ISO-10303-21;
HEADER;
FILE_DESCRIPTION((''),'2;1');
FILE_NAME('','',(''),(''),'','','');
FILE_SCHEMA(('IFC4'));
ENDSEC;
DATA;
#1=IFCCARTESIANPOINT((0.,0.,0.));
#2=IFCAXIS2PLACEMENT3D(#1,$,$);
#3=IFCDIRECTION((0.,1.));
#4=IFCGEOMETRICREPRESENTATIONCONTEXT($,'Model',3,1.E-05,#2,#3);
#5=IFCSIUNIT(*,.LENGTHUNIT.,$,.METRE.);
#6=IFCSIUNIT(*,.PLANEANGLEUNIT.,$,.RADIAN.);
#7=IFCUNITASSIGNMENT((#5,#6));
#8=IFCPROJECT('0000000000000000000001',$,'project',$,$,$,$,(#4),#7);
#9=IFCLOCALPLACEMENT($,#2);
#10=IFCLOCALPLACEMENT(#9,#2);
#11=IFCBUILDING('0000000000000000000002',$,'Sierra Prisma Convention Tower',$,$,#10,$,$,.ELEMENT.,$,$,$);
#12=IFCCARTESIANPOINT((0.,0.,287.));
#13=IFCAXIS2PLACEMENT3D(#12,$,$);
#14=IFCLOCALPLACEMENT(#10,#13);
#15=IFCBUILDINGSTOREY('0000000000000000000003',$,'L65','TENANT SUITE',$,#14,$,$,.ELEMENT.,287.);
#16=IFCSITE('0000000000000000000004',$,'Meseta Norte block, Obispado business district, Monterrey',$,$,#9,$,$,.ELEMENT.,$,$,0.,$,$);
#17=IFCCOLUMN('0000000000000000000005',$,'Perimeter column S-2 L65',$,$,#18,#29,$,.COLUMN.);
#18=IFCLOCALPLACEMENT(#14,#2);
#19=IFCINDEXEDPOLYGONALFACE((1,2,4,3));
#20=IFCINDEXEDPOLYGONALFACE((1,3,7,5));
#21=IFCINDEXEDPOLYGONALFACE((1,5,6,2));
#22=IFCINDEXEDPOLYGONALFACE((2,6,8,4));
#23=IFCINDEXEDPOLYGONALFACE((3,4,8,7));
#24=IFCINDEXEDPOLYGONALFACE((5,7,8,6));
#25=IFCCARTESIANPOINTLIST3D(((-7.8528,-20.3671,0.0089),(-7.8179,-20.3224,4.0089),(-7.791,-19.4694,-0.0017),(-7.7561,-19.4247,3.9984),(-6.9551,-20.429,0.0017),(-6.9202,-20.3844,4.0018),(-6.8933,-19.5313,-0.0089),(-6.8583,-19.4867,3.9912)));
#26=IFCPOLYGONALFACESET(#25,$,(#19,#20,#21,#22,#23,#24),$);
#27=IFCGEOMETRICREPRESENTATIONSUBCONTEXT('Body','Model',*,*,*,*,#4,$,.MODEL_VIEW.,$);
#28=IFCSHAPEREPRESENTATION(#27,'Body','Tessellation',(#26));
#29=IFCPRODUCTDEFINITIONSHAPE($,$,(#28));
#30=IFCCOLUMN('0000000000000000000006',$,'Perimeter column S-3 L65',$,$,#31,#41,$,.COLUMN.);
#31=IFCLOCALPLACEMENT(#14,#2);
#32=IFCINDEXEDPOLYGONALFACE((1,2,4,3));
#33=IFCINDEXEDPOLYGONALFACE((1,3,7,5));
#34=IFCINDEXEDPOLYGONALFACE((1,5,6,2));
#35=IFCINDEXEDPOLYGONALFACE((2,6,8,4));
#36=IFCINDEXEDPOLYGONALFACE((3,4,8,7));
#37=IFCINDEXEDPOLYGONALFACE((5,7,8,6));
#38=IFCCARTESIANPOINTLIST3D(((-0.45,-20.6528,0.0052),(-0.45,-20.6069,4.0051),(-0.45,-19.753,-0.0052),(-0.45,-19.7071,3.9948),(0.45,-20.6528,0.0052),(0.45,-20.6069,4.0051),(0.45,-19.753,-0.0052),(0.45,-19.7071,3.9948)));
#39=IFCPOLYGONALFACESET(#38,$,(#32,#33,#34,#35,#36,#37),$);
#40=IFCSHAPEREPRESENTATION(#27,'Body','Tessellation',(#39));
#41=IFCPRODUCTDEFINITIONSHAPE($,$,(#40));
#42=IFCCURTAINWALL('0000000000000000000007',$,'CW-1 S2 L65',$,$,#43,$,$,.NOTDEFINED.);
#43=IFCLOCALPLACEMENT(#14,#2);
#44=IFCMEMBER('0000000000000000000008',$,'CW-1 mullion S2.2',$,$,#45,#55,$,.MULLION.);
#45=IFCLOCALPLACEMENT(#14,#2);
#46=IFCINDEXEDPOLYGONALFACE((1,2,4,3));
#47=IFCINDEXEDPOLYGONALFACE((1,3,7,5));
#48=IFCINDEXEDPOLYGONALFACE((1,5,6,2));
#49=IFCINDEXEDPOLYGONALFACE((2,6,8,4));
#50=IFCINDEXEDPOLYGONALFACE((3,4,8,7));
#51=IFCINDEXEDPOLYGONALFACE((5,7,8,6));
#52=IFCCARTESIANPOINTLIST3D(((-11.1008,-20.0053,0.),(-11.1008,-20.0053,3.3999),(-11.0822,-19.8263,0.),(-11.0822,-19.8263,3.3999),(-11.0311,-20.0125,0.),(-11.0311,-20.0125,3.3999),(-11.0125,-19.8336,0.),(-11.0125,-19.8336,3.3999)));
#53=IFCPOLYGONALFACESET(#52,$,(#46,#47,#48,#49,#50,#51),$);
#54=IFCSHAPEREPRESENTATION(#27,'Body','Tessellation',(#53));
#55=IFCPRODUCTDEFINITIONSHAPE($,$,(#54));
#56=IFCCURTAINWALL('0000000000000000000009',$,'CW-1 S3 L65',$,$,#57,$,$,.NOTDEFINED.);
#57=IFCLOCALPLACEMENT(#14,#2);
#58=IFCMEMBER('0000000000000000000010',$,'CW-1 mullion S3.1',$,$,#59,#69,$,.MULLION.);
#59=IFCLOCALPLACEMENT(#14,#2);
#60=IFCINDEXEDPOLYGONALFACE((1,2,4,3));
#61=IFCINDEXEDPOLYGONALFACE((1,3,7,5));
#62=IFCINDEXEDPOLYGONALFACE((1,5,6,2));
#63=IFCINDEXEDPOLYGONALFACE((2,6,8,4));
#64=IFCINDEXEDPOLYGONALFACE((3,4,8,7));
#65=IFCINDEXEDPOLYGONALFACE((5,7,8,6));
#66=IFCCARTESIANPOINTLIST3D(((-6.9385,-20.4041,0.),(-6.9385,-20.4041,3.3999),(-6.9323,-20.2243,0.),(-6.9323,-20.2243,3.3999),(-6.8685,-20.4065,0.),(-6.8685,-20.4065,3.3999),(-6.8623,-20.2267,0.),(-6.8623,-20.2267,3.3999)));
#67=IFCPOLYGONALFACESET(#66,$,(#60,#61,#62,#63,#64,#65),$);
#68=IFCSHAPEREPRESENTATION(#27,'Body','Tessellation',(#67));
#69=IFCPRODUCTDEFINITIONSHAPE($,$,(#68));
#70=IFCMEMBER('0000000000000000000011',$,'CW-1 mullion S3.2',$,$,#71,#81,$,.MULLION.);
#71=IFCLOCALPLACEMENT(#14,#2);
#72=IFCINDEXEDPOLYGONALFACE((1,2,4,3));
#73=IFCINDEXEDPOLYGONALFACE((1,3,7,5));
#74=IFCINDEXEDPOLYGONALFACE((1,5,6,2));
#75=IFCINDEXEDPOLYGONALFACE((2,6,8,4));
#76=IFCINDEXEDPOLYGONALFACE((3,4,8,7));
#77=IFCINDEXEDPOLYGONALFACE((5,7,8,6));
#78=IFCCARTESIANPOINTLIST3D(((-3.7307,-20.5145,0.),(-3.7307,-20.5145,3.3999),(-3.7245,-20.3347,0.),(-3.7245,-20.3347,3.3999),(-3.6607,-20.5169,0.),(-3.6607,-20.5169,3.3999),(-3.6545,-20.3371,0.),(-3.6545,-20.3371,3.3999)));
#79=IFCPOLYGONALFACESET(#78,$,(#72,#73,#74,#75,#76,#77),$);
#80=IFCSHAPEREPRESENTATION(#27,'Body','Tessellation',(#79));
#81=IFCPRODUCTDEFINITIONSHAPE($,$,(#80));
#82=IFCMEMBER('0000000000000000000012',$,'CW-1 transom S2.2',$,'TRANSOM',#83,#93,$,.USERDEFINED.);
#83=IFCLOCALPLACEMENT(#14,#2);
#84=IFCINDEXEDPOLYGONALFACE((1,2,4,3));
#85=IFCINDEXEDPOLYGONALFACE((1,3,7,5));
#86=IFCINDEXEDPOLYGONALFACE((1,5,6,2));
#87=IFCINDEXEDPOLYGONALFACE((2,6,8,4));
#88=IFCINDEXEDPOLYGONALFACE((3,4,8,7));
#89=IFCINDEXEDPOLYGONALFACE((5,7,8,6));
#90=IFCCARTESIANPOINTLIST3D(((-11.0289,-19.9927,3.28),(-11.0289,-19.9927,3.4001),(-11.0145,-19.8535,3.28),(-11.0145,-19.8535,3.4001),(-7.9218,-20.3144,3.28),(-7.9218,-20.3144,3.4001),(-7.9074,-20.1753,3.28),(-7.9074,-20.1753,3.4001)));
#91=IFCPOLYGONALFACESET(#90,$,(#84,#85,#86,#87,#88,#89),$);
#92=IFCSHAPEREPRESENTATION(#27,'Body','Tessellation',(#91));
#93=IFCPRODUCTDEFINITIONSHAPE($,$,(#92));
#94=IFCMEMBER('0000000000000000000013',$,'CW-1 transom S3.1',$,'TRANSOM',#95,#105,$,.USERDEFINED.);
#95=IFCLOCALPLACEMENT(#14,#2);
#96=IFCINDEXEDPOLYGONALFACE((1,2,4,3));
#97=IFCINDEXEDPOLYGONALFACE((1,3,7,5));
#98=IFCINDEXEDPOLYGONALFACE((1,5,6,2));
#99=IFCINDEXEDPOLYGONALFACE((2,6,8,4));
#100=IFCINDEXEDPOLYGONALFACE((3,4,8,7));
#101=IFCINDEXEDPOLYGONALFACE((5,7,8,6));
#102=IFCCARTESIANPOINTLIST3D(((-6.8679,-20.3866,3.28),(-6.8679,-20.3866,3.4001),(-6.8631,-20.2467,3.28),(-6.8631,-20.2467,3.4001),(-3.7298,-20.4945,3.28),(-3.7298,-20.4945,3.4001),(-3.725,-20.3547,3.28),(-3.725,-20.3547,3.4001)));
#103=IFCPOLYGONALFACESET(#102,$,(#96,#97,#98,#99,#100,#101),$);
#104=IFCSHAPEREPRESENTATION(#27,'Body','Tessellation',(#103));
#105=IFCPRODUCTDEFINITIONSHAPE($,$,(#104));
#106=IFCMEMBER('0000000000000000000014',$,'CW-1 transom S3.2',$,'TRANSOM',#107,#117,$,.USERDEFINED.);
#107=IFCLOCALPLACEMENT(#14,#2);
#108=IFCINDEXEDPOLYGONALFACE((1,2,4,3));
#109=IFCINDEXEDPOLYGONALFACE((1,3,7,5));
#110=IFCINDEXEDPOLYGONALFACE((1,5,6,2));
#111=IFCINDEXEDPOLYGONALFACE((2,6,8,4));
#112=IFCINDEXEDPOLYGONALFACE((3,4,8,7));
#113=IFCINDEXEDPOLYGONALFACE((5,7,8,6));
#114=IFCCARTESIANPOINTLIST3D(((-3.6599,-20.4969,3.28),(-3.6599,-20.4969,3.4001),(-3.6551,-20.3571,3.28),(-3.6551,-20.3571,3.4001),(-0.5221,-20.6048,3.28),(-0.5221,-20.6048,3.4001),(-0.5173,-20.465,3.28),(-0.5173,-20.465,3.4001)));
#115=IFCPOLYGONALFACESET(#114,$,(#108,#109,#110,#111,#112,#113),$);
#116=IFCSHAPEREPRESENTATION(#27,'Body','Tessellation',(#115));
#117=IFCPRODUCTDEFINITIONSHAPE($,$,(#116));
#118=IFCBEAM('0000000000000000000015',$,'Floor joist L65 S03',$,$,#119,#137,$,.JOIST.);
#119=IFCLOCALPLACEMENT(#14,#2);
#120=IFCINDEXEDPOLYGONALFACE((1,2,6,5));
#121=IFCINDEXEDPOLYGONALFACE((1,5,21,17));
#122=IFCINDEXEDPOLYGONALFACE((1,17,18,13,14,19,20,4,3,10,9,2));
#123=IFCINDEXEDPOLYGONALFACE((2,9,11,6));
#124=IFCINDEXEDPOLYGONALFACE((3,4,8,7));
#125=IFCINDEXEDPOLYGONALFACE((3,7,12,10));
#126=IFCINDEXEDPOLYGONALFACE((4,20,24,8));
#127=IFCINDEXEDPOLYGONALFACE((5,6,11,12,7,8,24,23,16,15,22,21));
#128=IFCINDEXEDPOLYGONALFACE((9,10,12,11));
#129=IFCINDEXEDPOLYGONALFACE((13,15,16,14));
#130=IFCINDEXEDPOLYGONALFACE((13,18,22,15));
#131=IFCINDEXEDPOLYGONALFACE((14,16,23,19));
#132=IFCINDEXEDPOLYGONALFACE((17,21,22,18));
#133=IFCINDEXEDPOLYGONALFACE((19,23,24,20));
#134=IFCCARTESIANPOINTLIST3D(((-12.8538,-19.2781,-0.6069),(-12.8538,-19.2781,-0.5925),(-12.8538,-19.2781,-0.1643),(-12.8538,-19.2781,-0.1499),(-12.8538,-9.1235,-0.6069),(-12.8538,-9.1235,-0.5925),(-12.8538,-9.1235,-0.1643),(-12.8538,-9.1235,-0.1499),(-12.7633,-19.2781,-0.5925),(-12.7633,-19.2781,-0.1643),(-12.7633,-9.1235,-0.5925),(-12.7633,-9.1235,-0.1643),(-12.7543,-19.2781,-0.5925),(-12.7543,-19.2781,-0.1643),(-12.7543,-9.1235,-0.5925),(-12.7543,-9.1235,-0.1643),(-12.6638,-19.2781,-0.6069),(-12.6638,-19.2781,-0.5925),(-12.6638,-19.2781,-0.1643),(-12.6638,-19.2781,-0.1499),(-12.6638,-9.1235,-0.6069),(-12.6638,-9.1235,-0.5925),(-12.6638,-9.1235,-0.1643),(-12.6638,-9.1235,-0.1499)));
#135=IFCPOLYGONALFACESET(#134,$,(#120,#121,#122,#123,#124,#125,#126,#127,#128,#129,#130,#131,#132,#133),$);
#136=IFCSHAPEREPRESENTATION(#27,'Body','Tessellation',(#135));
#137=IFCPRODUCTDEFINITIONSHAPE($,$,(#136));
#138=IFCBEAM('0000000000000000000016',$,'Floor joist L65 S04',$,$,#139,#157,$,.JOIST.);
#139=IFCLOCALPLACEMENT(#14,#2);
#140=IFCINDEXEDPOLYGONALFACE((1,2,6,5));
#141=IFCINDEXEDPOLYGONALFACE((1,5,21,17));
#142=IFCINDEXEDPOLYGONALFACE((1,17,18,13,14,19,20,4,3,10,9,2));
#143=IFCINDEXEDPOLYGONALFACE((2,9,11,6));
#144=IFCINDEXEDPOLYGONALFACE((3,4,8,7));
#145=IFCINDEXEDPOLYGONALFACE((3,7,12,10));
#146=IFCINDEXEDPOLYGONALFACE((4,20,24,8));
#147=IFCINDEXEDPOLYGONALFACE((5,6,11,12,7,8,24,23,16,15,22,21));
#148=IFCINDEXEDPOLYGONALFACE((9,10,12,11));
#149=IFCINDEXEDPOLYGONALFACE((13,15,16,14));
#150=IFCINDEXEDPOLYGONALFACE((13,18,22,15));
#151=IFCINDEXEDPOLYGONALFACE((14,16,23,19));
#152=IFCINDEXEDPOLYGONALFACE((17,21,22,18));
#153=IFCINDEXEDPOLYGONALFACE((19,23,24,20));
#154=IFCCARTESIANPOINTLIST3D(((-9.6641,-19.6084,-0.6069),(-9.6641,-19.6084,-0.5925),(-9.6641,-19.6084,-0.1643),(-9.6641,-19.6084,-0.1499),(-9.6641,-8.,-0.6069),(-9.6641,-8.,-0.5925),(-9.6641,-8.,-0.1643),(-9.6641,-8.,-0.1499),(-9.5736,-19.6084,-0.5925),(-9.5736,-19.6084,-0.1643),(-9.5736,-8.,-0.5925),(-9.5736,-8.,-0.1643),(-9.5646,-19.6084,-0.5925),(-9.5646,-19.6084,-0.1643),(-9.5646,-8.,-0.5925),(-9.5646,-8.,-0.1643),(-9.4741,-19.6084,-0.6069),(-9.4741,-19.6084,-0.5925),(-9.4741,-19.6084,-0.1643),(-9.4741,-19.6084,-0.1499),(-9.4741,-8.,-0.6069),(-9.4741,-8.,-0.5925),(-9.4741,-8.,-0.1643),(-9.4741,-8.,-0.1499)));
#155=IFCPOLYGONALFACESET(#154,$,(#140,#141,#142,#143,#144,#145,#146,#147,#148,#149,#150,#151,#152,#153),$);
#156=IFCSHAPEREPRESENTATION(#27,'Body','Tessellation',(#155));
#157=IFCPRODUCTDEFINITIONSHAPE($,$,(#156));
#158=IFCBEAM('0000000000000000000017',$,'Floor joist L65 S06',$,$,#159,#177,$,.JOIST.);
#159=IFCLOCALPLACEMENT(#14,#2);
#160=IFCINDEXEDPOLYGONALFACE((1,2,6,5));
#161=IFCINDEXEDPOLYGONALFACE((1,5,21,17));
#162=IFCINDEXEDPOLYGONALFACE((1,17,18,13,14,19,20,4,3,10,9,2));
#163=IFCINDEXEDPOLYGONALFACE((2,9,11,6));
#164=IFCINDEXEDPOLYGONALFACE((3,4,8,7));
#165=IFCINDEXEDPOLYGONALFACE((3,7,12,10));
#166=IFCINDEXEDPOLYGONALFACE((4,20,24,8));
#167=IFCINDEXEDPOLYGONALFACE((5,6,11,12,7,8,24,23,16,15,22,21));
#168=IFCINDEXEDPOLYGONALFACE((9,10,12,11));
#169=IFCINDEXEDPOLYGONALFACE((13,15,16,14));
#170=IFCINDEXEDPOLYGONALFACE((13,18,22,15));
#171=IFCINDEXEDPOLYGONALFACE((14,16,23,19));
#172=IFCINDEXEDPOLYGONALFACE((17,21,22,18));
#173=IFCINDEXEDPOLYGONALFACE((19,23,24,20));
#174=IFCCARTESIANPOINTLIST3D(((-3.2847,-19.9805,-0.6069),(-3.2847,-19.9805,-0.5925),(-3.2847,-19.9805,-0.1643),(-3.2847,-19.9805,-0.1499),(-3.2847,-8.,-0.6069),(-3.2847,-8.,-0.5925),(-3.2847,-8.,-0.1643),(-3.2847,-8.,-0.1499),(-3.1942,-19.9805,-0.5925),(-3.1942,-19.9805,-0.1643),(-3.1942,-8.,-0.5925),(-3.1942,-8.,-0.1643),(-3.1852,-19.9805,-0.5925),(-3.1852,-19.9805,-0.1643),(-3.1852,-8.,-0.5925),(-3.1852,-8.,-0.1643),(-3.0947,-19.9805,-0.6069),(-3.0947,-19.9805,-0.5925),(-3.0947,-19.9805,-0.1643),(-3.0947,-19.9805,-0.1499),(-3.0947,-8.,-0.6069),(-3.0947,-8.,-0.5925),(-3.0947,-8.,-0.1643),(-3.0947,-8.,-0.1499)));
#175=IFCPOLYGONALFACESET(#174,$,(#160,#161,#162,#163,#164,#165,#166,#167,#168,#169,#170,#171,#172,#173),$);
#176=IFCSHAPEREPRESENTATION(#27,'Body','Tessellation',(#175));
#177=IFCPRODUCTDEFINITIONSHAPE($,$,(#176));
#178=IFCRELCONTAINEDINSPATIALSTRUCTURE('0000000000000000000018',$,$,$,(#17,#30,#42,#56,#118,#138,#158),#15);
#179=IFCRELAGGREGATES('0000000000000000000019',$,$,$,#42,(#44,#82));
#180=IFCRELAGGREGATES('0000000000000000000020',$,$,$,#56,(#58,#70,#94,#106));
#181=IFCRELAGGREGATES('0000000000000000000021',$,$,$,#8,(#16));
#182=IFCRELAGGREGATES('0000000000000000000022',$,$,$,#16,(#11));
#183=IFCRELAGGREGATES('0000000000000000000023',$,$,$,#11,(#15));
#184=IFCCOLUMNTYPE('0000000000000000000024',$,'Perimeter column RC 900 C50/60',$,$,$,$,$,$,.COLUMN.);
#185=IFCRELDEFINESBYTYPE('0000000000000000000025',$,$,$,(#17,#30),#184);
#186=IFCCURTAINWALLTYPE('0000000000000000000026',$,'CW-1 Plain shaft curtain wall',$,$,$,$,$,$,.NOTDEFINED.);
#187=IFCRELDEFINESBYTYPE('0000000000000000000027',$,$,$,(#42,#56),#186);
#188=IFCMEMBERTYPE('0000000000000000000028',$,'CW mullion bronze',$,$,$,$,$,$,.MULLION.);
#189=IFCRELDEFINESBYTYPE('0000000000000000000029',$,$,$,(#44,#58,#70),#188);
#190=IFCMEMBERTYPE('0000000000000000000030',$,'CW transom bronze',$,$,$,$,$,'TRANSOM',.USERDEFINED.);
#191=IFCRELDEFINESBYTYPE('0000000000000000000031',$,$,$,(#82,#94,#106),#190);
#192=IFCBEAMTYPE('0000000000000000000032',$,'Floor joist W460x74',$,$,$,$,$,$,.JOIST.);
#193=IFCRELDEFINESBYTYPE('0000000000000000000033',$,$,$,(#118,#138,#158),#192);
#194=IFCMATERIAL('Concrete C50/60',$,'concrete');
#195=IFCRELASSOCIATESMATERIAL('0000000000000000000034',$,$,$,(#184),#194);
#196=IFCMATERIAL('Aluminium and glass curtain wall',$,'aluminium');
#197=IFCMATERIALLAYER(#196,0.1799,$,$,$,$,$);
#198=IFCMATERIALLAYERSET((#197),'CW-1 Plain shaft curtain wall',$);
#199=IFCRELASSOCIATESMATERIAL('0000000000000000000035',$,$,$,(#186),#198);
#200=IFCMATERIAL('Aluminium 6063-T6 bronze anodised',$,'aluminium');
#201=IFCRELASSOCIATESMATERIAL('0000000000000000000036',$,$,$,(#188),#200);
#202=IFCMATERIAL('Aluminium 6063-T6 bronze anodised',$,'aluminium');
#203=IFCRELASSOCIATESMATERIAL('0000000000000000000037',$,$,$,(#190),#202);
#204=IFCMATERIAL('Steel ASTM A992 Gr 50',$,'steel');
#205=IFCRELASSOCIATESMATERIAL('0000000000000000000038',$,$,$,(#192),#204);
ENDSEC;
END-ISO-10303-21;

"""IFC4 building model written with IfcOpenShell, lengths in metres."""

from ifc_helpers import new_model, si_unit, direction, frame, origin, origin_2d, place, context, subcontext, project, spatial, rectangle, i_section, extrude, material, layer, layer_set, material_profile, profile_set, type_object, element, aggregate, save


model = new_model("IFC4")

# Units and contexts
model_context = context("Model", 3, precision=1e-05, world=origin(), true_north=direction((0.0, 1.0)))
body_context = subcontext(model_context, "Body", "Model", "MODEL_VIEW")
ifc_project = project(units=[si_unit("LENGTHUNIT", "METRE"), si_unit("PLANEANGLEUNIT", "RADIAN")], contexts=[model_context])

# Site, building, storey
site_placement = place(None, origin())
site = spatial("IfcSite", under=ifc_project, at=site_placement, Name="Meseta Norte block, Obispado business district, Monterrey", CompositionType="ELEMENT", RefElevation=0.0)
building_placement = place(site_placement, origin())
building = spatial("IfcBuilding", under=site, at=building_placement, Name="Sierra Prisma Convention Tower", CompositionType="ELEMENT")
storey_placement = place(building_placement, frame((0.0, 0.0, 287.0)))
storey = spatial("IfcBuildingStorey", under=building, at=storey_placement, Name="L65", Description="TENANT SUITE", CompositionType="ELEMENT", Elevation=287.0)

# Columns
ifc_material_1 = material(Name="Concrete C50/60", Category="concrete")
ifc_material_profile_1 = material_profile(ifc_material_1, rectangle(XDim=0.8999, YDim=0.8999, at=origin_2d()), Name="Perimeter column RC 900 C50/60")
ifc_profile_set_1 = profile_set([ifc_material_profile_1], Name="Concrete C50/60")
column_type = type_object("IfcColumnType", Name="Perimeter column RC 900 C50/60", PredefinedType="COLUMN", material=ifc_profile_set_1)
column_1_placement = place(storey_placement, frame((-7.373, -19.9492, 0.0), z_axis=(0.008727, 0.011168, 0.9999), x_axis=(-0.997597, 0.068824, 0.007938)))
element("IfcColumn", 1, at=column_1_placement, inside=storey, type_object=column_type, Name="Perimeter column S-2 L65", PredefinedType="COLUMN", context=body_context, shape_type="SweptSolid", body=[
    extrude(rectangle(XDim=0.8999, YDim=0.8999, at=origin_2d()), origin(), (0.0, 0.0, 1.0), 4.0005),
])
column_2_placement = place(storey_placement, frame((0.0, -20.2029, 0.0), z_axis=(0.0, 0.011474, 0.999934), x_axis=(1.0, 0.0, 0.0)))
element("IfcColumn", 2, at=column_2_placement, inside=storey, type_object=column_type, Name="Perimeter column S-3 L65", PredefinedType="COLUMN", context=body_context, shape_type="SweptSolid", body=[
    extrude(rectangle(XDim=0.8999, YDim=0.8999, at=origin_2d()), origin(), (0.0, 0.0, 1.0), 4.0002),
])

# Curtain wall, member
ifc_material_2 = material(Name="Aluminium and glass curtain wall", Category="aluminium")
ifc_layer_1 = layer(ifc_material_2, 0.1799)
ifc_layer_set_1 = layer_set([ifc_layer_1], Name="CW-1 Plain shaft curtain wall")
curtain_wall_type = type_object("IfcCurtainWallType", Name="CW-1 Plain shaft curtain wall", PredefinedType="NOTDEFINED", material=ifc_layer_set_1)
curtain_wall_1_placement = place(storey_placement, origin())
curtain_wall_1 = element("IfcCurtainWall", 3, at=curtain_wall_1_placement, inside=storey, type_object=curtain_wall_type, Name="CW-1 S2 L65", PredefinedType="NOTDEFINED")
ifc_material_3 = material(Name="Aluminium 6063-T6 bronze anodised", Category="aluminium")
ifc_material_profile_2 = material_profile(ifc_material_3, rectangle(XDim=0.1799, YDim=0.0701, at=origin_2d()), Name="ALU MULLION 70x180")
ifc_profile_set_2 = profile_set([ifc_material_profile_2], Name="Aluminium 6063-T6 bronze anodised")
member_type_1 = type_object("IfcMemberType", Name="CW mullion bronze", PredefinedType="MULLION", material=ifc_profile_set_2)
member_1_placement = place(storey_placement, frame((-11.0566, -19.9194, 0.0), z_axis=(0.0, 0.0, 1.0), x_axis=(0.102994, 0.994682, 0.0)))
member_1 = element("IfcMember", 4, at=member_1_placement, type_object=member_type_1, Name="CW-1 mullion S2.2", PredefinedType="MULLION", context=body_context, shape_type="SweptSolid", body=[
    extrude(rectangle(XDim=0.1799, YDim=0.0701, at=origin_2d()), origin(), (0.0, 0.0, 1.0), 3.3999),
])

# Curtain wall, members
curtain_wall_2_placement = place(storey_placement, origin())
curtain_wall_2 = element("IfcCurtainWall", 5, at=curtain_wall_2_placement, inside=storey, type_object=curtain_wall_type, Name="CW-1 S3 L65", PredefinedType="NOTDEFINED")
member_2_placement = place(storey_placement, frame((-6.9004, -20.3154, 0.0), z_axis=(0.0, 0.0, 1.0), x_axis=(0.034386, 0.999409, 0.0)))
member_2 = element("IfcMember", 6, at=member_2_placement, type_object=member_type_1, Name="CW-1 mullion S3.1", PredefinedType="MULLION", context=body_context, shape_type="SweptSolid", body=[
    extrude(rectangle(XDim=0.1799, YDim=0.0701, at=origin_2d()), origin(), (0.0, 0.0, 1.0), 3.3999),
])
member_3_placement = place(storey_placement, frame((-3.6926, -20.4258, 0.0), z_axis=(0.0, 0.0, 1.0), x_axis=(0.034386, 0.999409, 0.0)))
member_3 = element("IfcMember", 7, at=member_3_placement, type_object=member_type_1, Name="CW-1 mullion S3.2", PredefinedType="MULLION", context=body_context, shape_type="SweptSolid", body=[
    extrude(rectangle(XDim=0.1799, YDim=0.0701, at=origin_2d()), origin(), (0.0, 0.0, 1.0), 3.3999),
])

# Members
ifc_material_4 = material(Name="Aluminium 6063-T6 bronze anodised", Category="aluminium")
ifc_material_profile_3 = material_profile(ifc_material_4, rectangle(XDim=0.1399, YDim=0.1201, at=origin_2d()), Name="ALU TRANSOM 120x140")
ifc_profile_set_3 = profile_set([ifc_material_profile_3], Name="Aluminium 6063-T6 bronze anodised")
member_type_2 = type_object("IfcMemberType", Name="CW transom bronze", ElementType="TRANSOM", PredefinedType="USERDEFINED", material=ifc_profile_set_3)
member_4_placement = place(storey_placement, frame((-11.0217, -19.9231, 3.3401), z_axis=(0.99468, -0.103008, 0.0), x_axis=(0.103008, 0.99468, 0.0)))
member_4 = element("IfcMember", 8, at=member_4_placement, type_object=member_type_2, Name="CW-1 transom S2.2", ObjectType="TRANSOM", PredefinedType="USERDEFINED", context=body_context, shape_type="SweptSolid", body=[
    extrude(rectangle(XDim=0.1399, YDim=0.1201, at=origin_2d()), origin(), (0.0, 0.0, 1.0), 3.1238),
])
member_5_placement = place(storey_placement, frame((-6.8655, -20.3167, 3.3401), z_axis=(0.999409, -0.034369, 0.0), x_axis=(0.034369, 0.999409, 0.0)))
member_5 = element("IfcMember", 9, at=member_5_placement, type_object=member_type_2, Name="CW-1 transom S3.1", ObjectType="TRANSOM", PredefinedType="USERDEFINED", context=body_context, shape_type="SweptSolid", body=[
    extrude(rectangle(XDim=0.1399, YDim=0.1201, at=origin_2d()), origin(), (0.0, 0.0, 1.0), 3.1399),
])
member_6_placement = place(storey_placement, frame((-3.6575, -20.427, 3.3401), z_axis=(0.999409, -0.034371, 0.0), x_axis=(0.034371, 0.999409, 0.0)))
member_6 = element("IfcMember", 10, at=member_6_placement, type_object=member_type_2, Name="CW-1 transom S3.2", ObjectType="TRANSOM", PredefinedType="USERDEFINED", context=body_context, shape_type="SweptSolid", body=[
    extrude(rectangle(XDim=0.1399, YDim=0.1201, at=origin_2d()), origin(), (0.0, 0.0, 1.0), 3.1396),
])

# Beams
ifc_material_5 = material(Name="Steel ASTM A992 Gr 50", Category="steel")
ifc_material_profile_4 = material_profile(ifc_material_5, i_section(OverallWidth=0.1899, OverallDepth=0.457, WebThickness=0.009, FlangeThickness=0.0144, at=origin_2d()), Name="W460x74")
ifc_profile_set_4 = profile_set([ifc_material_profile_4], Name="Steel ASTM A992 Gr 50")
beam_type_1 = type_object("IfcBeamType", Name="Floor joist W460x74", PredefinedType="JOIST", material=ifc_profile_set_4)
beam_1_placement = place(storey_placement, frame((-12.7588, -19.2781, -0.3784), z_axis=(0.0, 1.0, 0.0), x_axis=(-1.0, 0.0, 0.0)))
element("IfcBeam", 11, at=beam_1_placement, inside=storey, type_object=beam_type_1, Name="Floor joist L65 S03", PredefinedType="JOIST", context=body_context, shape_type="SweptSolid", body=[
    extrude(i_section(OverallWidth=0.1899, OverallDepth=0.457, WebThickness=0.009, FlangeThickness=0.0144, at=origin_2d()), origin(), (0.0, 0.0, 1.0), 10.1545),
])
beam_2_placement = place(storey_placement, frame((-9.5691, -19.6084, -0.3784), z_axis=(0.0, 1.0, 0.0), x_axis=(-1.0, 0.0, 0.0)))
element("IfcBeam", 12, at=beam_2_placement, inside=storey, type_object=beam_type_1, Name="Floor joist L65 S04", PredefinedType="JOIST", context=body_context, shape_type="SweptSolid", body=[
    extrude(i_section(OverallWidth=0.1899, OverallDepth=0.457, WebThickness=0.009, FlangeThickness=0.0144, at=origin_2d()), origin(), (0.0, 0.0, 1.0), 11.6084),
])
beam_3_placement = place(storey_placement, frame((-3.1897, -19.9805, -0.3784), z_axis=(0.0, 1.0, 0.0), x_axis=(-1.0, 0.0, 0.0)))
element("IfcBeam", 13, at=beam_3_placement, inside=storey, type_object=beam_type_1, Name="Floor joist L65 S06", PredefinedType="JOIST", context=body_context, shape_type="SweptSolid", body=[
    extrude(i_section(OverallWidth=0.1899, OverallDepth=0.457, WebThickness=0.009, FlangeThickness=0.0144, at=origin_2d()), origin(), (0.0, 0.0, 1.0), 11.9805),
])

aggregate(curtain_wall_1, [member_1, member_4])
aggregate(curtain_wall_2, [member_2, member_3, member_5, member_6])

save(model, "model.ifc")
